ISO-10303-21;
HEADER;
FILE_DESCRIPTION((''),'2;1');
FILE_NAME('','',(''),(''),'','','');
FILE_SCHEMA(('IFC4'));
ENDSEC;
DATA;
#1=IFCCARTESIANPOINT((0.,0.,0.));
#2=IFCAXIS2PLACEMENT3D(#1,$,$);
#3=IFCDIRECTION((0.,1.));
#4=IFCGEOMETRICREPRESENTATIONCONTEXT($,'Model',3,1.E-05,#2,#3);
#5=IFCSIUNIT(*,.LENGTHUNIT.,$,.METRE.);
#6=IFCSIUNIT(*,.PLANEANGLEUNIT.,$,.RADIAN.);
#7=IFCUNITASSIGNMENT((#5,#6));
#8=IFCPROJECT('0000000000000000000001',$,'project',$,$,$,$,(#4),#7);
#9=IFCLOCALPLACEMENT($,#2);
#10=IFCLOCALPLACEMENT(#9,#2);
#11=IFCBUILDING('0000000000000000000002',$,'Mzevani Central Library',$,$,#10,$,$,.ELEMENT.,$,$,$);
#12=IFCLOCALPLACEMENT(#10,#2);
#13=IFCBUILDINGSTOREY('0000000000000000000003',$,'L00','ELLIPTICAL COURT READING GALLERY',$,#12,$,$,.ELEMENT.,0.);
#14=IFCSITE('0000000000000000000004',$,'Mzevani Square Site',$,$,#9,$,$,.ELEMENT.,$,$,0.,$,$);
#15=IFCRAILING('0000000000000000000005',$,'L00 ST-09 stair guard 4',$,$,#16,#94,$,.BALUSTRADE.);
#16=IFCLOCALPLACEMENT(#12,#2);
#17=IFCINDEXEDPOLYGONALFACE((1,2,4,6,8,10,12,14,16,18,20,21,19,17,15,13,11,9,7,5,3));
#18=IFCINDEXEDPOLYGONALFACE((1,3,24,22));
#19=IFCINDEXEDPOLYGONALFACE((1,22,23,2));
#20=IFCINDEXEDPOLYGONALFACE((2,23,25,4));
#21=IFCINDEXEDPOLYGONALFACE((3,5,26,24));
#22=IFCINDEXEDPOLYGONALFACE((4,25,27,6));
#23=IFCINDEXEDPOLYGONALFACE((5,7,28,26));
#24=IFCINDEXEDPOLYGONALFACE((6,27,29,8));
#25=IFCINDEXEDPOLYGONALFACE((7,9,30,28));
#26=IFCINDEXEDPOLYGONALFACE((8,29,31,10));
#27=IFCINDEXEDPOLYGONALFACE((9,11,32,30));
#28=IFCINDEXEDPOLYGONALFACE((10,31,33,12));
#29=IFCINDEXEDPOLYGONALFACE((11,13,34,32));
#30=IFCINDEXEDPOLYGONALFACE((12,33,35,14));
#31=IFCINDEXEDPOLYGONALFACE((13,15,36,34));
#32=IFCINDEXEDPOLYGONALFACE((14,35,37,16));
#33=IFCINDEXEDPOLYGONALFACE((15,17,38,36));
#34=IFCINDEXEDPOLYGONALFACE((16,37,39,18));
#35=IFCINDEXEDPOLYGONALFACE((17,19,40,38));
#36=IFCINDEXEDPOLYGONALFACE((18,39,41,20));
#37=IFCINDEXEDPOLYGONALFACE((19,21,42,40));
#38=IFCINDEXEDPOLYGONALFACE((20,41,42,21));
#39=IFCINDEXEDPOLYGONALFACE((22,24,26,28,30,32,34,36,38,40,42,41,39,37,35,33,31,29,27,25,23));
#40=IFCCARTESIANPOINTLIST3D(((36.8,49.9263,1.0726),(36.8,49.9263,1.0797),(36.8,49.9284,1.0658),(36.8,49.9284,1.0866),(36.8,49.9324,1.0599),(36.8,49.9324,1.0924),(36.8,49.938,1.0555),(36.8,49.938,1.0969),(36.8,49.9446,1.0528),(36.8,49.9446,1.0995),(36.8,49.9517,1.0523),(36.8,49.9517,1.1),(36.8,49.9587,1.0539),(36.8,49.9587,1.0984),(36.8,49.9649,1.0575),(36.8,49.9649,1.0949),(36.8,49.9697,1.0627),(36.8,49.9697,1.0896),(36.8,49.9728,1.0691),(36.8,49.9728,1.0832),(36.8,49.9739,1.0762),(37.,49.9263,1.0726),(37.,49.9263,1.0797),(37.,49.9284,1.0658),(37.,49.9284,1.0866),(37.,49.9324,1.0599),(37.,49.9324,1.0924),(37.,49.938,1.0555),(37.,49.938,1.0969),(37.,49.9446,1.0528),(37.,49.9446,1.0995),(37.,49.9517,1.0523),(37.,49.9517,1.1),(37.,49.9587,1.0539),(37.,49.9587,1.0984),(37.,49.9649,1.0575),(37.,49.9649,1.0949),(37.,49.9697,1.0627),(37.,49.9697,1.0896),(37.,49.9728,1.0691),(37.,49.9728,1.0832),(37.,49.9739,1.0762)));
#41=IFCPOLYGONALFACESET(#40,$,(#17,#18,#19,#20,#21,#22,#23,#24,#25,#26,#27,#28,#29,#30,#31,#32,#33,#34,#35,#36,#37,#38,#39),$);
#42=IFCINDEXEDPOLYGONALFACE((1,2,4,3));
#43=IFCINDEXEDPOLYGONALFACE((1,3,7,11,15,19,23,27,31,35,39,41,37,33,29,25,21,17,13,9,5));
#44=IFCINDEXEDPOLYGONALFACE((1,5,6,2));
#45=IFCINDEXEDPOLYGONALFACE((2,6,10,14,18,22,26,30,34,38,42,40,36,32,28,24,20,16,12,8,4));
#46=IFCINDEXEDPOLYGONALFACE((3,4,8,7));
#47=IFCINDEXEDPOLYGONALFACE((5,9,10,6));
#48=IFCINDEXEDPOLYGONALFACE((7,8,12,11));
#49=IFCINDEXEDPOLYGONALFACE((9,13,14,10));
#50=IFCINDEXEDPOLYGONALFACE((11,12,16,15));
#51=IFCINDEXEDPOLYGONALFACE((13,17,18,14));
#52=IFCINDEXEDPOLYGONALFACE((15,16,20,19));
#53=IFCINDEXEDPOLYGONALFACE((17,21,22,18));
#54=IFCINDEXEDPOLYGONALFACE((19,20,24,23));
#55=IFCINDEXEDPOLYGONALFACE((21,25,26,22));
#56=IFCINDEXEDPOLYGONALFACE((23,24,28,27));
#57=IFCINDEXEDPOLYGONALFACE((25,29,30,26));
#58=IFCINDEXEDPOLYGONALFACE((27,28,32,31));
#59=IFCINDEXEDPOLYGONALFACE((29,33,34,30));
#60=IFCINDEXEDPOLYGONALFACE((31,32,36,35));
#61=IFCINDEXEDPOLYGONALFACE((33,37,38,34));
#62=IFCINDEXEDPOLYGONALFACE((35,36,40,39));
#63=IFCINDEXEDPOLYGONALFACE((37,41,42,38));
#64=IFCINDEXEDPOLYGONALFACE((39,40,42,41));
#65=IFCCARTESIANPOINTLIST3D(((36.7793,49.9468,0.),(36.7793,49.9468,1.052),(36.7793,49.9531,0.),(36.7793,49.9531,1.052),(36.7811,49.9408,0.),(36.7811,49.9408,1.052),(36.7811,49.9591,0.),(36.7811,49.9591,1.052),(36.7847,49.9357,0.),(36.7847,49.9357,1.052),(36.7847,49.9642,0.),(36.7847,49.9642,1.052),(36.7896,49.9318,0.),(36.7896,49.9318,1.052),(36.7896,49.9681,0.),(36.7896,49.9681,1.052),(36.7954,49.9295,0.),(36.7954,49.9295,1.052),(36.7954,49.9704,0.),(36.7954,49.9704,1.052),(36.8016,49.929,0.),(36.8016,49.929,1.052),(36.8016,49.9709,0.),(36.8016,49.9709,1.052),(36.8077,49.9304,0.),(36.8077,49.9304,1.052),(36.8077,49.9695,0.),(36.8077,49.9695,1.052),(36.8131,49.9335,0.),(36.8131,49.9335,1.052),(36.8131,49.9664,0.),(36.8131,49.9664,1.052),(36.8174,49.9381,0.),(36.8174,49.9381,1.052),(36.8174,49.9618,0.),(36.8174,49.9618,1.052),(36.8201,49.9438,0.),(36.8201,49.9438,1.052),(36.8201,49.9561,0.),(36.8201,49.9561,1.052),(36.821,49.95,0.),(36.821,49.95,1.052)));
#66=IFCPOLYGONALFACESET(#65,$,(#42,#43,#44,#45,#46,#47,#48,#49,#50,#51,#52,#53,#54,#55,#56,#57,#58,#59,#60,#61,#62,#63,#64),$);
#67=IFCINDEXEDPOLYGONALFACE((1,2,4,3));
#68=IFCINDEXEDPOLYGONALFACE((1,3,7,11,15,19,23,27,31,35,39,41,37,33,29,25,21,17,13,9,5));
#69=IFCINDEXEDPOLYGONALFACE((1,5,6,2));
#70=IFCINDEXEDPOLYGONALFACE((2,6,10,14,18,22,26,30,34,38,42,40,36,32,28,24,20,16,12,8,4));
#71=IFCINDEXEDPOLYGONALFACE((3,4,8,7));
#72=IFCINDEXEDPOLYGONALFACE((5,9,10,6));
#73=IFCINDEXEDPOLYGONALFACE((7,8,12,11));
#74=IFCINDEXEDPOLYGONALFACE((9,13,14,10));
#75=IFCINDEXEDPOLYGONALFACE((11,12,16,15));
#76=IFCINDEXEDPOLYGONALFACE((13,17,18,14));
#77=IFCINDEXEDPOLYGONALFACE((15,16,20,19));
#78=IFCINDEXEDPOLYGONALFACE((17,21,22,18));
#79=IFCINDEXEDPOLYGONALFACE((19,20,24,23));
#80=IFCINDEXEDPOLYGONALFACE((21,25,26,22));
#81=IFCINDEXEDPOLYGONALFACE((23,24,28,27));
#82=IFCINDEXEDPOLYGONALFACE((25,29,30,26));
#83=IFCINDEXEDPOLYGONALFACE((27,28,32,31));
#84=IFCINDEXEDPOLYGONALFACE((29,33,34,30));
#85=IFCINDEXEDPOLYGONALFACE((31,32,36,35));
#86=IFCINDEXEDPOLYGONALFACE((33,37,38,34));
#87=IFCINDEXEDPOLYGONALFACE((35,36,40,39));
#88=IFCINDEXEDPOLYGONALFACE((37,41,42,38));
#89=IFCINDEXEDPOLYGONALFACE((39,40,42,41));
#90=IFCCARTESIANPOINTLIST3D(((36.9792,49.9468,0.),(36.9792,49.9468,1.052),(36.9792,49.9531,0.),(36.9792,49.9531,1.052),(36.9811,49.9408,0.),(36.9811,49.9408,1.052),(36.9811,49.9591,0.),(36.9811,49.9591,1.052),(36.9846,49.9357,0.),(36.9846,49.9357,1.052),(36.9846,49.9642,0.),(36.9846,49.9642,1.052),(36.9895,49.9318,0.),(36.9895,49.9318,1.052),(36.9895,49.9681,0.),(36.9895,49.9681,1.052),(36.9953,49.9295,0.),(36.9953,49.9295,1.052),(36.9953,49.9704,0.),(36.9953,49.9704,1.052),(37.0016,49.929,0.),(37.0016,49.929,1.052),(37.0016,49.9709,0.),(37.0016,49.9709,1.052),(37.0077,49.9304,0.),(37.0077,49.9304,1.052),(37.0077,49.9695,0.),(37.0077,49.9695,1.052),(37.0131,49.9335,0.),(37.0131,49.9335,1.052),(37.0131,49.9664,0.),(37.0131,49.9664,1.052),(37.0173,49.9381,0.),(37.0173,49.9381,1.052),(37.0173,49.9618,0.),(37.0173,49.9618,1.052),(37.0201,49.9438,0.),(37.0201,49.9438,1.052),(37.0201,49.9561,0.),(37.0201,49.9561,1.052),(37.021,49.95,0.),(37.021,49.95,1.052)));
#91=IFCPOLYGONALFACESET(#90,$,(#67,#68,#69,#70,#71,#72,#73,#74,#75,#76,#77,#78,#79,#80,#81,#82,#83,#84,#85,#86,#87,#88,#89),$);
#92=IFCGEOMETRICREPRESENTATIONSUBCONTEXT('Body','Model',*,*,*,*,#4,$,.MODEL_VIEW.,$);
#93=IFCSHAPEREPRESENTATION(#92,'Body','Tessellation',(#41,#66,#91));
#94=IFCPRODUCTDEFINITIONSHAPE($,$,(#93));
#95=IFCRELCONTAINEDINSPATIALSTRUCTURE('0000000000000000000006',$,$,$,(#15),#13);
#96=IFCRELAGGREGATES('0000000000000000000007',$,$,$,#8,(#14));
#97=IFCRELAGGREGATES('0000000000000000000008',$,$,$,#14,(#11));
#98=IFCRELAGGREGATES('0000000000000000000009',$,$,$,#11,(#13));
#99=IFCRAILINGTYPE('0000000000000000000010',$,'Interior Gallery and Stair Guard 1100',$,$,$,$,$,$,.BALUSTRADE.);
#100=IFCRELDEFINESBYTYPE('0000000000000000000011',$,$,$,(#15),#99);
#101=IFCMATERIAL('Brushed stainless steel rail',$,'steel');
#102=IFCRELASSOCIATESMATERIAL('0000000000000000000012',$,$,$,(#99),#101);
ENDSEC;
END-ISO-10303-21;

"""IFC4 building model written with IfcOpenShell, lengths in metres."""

from ifc_helpers import new_model, si_unit, direction, frame, origin, origin_2d, place, context, subcontext, project, spatial, circle, extrude, material, type_object, element, save


model = new_model("IFC4")

# Units and contexts
model_context = context("Model", 3, precision=1e-05, world=origin(), true_north=direction((0.0, 1.0)))
body_context = subcontext(model_context, "Body", "Model", "MODEL_VIEW")
ifc_project = project(units=[si_unit("LENGTHUNIT", "METRE"), si_unit("PLANEANGLEUNIT", "RADIAN")], contexts=[model_context])

# Site, building, storey
site_placement = place(None, origin())
site = spatial("IfcSite", under=ifc_project, at=site_placement, Name="Mzevani Square Site", CompositionType="ELEMENT", RefElevation=0.0)
building_placement = place(site_placement, origin())
building = spatial("IfcBuilding", under=site, at=building_placement, Name="Mzevani Central Library", CompositionType="ELEMENT")
storey_placement = place(building_placement, origin())
storey = spatial("IfcBuildingStorey", under=building, at=storey_placement, Name="L00", Description="ELLIPTICAL COURT READING GALLERY", CompositionType="ELEMENT", Elevation=0.0)

# Railing
ifc_material_1 = material(Name="Brushed stainless steel rail", Category="steel")
railing_type = type_object("IfcRailingType", Name="Interior Gallery and Stair Guard 1100", PredefinedType="BALUSTRADE", material=ifc_material_1)
railing_1_placement = place(storey_placement, frame((36.8, 49.95, 0.0)))
element("IfcRailing", 1, at=railing_1_placement, inside=storey, type_object=railing_type, Name="L00 ST-09 stair guard 4", PredefinedType="BALUSTRADE", context=body_context, shape_type="SweptSolid", body=[
    extrude(circle(Radius=0.0239, at=origin_2d()), frame((0.0, 0.0, 1.0762), z_axis=(1.0, 0.0, 0.0), x_axis=(0.0, 1.0, 0.0)), (0.0, 0.0, 1.0), 0.2),
    extrude(circle(Radius=0.021, at=origin_2d()), origin(), (0.0, 0.0, 1.0), 1.052),
    extrude(circle(Radius=0.021, at=origin_2d()), frame((0.2, 0.0, 0.0)), (0.0, 0.0, 1.0), 1.052),
])

save(model, "model.ifc")
